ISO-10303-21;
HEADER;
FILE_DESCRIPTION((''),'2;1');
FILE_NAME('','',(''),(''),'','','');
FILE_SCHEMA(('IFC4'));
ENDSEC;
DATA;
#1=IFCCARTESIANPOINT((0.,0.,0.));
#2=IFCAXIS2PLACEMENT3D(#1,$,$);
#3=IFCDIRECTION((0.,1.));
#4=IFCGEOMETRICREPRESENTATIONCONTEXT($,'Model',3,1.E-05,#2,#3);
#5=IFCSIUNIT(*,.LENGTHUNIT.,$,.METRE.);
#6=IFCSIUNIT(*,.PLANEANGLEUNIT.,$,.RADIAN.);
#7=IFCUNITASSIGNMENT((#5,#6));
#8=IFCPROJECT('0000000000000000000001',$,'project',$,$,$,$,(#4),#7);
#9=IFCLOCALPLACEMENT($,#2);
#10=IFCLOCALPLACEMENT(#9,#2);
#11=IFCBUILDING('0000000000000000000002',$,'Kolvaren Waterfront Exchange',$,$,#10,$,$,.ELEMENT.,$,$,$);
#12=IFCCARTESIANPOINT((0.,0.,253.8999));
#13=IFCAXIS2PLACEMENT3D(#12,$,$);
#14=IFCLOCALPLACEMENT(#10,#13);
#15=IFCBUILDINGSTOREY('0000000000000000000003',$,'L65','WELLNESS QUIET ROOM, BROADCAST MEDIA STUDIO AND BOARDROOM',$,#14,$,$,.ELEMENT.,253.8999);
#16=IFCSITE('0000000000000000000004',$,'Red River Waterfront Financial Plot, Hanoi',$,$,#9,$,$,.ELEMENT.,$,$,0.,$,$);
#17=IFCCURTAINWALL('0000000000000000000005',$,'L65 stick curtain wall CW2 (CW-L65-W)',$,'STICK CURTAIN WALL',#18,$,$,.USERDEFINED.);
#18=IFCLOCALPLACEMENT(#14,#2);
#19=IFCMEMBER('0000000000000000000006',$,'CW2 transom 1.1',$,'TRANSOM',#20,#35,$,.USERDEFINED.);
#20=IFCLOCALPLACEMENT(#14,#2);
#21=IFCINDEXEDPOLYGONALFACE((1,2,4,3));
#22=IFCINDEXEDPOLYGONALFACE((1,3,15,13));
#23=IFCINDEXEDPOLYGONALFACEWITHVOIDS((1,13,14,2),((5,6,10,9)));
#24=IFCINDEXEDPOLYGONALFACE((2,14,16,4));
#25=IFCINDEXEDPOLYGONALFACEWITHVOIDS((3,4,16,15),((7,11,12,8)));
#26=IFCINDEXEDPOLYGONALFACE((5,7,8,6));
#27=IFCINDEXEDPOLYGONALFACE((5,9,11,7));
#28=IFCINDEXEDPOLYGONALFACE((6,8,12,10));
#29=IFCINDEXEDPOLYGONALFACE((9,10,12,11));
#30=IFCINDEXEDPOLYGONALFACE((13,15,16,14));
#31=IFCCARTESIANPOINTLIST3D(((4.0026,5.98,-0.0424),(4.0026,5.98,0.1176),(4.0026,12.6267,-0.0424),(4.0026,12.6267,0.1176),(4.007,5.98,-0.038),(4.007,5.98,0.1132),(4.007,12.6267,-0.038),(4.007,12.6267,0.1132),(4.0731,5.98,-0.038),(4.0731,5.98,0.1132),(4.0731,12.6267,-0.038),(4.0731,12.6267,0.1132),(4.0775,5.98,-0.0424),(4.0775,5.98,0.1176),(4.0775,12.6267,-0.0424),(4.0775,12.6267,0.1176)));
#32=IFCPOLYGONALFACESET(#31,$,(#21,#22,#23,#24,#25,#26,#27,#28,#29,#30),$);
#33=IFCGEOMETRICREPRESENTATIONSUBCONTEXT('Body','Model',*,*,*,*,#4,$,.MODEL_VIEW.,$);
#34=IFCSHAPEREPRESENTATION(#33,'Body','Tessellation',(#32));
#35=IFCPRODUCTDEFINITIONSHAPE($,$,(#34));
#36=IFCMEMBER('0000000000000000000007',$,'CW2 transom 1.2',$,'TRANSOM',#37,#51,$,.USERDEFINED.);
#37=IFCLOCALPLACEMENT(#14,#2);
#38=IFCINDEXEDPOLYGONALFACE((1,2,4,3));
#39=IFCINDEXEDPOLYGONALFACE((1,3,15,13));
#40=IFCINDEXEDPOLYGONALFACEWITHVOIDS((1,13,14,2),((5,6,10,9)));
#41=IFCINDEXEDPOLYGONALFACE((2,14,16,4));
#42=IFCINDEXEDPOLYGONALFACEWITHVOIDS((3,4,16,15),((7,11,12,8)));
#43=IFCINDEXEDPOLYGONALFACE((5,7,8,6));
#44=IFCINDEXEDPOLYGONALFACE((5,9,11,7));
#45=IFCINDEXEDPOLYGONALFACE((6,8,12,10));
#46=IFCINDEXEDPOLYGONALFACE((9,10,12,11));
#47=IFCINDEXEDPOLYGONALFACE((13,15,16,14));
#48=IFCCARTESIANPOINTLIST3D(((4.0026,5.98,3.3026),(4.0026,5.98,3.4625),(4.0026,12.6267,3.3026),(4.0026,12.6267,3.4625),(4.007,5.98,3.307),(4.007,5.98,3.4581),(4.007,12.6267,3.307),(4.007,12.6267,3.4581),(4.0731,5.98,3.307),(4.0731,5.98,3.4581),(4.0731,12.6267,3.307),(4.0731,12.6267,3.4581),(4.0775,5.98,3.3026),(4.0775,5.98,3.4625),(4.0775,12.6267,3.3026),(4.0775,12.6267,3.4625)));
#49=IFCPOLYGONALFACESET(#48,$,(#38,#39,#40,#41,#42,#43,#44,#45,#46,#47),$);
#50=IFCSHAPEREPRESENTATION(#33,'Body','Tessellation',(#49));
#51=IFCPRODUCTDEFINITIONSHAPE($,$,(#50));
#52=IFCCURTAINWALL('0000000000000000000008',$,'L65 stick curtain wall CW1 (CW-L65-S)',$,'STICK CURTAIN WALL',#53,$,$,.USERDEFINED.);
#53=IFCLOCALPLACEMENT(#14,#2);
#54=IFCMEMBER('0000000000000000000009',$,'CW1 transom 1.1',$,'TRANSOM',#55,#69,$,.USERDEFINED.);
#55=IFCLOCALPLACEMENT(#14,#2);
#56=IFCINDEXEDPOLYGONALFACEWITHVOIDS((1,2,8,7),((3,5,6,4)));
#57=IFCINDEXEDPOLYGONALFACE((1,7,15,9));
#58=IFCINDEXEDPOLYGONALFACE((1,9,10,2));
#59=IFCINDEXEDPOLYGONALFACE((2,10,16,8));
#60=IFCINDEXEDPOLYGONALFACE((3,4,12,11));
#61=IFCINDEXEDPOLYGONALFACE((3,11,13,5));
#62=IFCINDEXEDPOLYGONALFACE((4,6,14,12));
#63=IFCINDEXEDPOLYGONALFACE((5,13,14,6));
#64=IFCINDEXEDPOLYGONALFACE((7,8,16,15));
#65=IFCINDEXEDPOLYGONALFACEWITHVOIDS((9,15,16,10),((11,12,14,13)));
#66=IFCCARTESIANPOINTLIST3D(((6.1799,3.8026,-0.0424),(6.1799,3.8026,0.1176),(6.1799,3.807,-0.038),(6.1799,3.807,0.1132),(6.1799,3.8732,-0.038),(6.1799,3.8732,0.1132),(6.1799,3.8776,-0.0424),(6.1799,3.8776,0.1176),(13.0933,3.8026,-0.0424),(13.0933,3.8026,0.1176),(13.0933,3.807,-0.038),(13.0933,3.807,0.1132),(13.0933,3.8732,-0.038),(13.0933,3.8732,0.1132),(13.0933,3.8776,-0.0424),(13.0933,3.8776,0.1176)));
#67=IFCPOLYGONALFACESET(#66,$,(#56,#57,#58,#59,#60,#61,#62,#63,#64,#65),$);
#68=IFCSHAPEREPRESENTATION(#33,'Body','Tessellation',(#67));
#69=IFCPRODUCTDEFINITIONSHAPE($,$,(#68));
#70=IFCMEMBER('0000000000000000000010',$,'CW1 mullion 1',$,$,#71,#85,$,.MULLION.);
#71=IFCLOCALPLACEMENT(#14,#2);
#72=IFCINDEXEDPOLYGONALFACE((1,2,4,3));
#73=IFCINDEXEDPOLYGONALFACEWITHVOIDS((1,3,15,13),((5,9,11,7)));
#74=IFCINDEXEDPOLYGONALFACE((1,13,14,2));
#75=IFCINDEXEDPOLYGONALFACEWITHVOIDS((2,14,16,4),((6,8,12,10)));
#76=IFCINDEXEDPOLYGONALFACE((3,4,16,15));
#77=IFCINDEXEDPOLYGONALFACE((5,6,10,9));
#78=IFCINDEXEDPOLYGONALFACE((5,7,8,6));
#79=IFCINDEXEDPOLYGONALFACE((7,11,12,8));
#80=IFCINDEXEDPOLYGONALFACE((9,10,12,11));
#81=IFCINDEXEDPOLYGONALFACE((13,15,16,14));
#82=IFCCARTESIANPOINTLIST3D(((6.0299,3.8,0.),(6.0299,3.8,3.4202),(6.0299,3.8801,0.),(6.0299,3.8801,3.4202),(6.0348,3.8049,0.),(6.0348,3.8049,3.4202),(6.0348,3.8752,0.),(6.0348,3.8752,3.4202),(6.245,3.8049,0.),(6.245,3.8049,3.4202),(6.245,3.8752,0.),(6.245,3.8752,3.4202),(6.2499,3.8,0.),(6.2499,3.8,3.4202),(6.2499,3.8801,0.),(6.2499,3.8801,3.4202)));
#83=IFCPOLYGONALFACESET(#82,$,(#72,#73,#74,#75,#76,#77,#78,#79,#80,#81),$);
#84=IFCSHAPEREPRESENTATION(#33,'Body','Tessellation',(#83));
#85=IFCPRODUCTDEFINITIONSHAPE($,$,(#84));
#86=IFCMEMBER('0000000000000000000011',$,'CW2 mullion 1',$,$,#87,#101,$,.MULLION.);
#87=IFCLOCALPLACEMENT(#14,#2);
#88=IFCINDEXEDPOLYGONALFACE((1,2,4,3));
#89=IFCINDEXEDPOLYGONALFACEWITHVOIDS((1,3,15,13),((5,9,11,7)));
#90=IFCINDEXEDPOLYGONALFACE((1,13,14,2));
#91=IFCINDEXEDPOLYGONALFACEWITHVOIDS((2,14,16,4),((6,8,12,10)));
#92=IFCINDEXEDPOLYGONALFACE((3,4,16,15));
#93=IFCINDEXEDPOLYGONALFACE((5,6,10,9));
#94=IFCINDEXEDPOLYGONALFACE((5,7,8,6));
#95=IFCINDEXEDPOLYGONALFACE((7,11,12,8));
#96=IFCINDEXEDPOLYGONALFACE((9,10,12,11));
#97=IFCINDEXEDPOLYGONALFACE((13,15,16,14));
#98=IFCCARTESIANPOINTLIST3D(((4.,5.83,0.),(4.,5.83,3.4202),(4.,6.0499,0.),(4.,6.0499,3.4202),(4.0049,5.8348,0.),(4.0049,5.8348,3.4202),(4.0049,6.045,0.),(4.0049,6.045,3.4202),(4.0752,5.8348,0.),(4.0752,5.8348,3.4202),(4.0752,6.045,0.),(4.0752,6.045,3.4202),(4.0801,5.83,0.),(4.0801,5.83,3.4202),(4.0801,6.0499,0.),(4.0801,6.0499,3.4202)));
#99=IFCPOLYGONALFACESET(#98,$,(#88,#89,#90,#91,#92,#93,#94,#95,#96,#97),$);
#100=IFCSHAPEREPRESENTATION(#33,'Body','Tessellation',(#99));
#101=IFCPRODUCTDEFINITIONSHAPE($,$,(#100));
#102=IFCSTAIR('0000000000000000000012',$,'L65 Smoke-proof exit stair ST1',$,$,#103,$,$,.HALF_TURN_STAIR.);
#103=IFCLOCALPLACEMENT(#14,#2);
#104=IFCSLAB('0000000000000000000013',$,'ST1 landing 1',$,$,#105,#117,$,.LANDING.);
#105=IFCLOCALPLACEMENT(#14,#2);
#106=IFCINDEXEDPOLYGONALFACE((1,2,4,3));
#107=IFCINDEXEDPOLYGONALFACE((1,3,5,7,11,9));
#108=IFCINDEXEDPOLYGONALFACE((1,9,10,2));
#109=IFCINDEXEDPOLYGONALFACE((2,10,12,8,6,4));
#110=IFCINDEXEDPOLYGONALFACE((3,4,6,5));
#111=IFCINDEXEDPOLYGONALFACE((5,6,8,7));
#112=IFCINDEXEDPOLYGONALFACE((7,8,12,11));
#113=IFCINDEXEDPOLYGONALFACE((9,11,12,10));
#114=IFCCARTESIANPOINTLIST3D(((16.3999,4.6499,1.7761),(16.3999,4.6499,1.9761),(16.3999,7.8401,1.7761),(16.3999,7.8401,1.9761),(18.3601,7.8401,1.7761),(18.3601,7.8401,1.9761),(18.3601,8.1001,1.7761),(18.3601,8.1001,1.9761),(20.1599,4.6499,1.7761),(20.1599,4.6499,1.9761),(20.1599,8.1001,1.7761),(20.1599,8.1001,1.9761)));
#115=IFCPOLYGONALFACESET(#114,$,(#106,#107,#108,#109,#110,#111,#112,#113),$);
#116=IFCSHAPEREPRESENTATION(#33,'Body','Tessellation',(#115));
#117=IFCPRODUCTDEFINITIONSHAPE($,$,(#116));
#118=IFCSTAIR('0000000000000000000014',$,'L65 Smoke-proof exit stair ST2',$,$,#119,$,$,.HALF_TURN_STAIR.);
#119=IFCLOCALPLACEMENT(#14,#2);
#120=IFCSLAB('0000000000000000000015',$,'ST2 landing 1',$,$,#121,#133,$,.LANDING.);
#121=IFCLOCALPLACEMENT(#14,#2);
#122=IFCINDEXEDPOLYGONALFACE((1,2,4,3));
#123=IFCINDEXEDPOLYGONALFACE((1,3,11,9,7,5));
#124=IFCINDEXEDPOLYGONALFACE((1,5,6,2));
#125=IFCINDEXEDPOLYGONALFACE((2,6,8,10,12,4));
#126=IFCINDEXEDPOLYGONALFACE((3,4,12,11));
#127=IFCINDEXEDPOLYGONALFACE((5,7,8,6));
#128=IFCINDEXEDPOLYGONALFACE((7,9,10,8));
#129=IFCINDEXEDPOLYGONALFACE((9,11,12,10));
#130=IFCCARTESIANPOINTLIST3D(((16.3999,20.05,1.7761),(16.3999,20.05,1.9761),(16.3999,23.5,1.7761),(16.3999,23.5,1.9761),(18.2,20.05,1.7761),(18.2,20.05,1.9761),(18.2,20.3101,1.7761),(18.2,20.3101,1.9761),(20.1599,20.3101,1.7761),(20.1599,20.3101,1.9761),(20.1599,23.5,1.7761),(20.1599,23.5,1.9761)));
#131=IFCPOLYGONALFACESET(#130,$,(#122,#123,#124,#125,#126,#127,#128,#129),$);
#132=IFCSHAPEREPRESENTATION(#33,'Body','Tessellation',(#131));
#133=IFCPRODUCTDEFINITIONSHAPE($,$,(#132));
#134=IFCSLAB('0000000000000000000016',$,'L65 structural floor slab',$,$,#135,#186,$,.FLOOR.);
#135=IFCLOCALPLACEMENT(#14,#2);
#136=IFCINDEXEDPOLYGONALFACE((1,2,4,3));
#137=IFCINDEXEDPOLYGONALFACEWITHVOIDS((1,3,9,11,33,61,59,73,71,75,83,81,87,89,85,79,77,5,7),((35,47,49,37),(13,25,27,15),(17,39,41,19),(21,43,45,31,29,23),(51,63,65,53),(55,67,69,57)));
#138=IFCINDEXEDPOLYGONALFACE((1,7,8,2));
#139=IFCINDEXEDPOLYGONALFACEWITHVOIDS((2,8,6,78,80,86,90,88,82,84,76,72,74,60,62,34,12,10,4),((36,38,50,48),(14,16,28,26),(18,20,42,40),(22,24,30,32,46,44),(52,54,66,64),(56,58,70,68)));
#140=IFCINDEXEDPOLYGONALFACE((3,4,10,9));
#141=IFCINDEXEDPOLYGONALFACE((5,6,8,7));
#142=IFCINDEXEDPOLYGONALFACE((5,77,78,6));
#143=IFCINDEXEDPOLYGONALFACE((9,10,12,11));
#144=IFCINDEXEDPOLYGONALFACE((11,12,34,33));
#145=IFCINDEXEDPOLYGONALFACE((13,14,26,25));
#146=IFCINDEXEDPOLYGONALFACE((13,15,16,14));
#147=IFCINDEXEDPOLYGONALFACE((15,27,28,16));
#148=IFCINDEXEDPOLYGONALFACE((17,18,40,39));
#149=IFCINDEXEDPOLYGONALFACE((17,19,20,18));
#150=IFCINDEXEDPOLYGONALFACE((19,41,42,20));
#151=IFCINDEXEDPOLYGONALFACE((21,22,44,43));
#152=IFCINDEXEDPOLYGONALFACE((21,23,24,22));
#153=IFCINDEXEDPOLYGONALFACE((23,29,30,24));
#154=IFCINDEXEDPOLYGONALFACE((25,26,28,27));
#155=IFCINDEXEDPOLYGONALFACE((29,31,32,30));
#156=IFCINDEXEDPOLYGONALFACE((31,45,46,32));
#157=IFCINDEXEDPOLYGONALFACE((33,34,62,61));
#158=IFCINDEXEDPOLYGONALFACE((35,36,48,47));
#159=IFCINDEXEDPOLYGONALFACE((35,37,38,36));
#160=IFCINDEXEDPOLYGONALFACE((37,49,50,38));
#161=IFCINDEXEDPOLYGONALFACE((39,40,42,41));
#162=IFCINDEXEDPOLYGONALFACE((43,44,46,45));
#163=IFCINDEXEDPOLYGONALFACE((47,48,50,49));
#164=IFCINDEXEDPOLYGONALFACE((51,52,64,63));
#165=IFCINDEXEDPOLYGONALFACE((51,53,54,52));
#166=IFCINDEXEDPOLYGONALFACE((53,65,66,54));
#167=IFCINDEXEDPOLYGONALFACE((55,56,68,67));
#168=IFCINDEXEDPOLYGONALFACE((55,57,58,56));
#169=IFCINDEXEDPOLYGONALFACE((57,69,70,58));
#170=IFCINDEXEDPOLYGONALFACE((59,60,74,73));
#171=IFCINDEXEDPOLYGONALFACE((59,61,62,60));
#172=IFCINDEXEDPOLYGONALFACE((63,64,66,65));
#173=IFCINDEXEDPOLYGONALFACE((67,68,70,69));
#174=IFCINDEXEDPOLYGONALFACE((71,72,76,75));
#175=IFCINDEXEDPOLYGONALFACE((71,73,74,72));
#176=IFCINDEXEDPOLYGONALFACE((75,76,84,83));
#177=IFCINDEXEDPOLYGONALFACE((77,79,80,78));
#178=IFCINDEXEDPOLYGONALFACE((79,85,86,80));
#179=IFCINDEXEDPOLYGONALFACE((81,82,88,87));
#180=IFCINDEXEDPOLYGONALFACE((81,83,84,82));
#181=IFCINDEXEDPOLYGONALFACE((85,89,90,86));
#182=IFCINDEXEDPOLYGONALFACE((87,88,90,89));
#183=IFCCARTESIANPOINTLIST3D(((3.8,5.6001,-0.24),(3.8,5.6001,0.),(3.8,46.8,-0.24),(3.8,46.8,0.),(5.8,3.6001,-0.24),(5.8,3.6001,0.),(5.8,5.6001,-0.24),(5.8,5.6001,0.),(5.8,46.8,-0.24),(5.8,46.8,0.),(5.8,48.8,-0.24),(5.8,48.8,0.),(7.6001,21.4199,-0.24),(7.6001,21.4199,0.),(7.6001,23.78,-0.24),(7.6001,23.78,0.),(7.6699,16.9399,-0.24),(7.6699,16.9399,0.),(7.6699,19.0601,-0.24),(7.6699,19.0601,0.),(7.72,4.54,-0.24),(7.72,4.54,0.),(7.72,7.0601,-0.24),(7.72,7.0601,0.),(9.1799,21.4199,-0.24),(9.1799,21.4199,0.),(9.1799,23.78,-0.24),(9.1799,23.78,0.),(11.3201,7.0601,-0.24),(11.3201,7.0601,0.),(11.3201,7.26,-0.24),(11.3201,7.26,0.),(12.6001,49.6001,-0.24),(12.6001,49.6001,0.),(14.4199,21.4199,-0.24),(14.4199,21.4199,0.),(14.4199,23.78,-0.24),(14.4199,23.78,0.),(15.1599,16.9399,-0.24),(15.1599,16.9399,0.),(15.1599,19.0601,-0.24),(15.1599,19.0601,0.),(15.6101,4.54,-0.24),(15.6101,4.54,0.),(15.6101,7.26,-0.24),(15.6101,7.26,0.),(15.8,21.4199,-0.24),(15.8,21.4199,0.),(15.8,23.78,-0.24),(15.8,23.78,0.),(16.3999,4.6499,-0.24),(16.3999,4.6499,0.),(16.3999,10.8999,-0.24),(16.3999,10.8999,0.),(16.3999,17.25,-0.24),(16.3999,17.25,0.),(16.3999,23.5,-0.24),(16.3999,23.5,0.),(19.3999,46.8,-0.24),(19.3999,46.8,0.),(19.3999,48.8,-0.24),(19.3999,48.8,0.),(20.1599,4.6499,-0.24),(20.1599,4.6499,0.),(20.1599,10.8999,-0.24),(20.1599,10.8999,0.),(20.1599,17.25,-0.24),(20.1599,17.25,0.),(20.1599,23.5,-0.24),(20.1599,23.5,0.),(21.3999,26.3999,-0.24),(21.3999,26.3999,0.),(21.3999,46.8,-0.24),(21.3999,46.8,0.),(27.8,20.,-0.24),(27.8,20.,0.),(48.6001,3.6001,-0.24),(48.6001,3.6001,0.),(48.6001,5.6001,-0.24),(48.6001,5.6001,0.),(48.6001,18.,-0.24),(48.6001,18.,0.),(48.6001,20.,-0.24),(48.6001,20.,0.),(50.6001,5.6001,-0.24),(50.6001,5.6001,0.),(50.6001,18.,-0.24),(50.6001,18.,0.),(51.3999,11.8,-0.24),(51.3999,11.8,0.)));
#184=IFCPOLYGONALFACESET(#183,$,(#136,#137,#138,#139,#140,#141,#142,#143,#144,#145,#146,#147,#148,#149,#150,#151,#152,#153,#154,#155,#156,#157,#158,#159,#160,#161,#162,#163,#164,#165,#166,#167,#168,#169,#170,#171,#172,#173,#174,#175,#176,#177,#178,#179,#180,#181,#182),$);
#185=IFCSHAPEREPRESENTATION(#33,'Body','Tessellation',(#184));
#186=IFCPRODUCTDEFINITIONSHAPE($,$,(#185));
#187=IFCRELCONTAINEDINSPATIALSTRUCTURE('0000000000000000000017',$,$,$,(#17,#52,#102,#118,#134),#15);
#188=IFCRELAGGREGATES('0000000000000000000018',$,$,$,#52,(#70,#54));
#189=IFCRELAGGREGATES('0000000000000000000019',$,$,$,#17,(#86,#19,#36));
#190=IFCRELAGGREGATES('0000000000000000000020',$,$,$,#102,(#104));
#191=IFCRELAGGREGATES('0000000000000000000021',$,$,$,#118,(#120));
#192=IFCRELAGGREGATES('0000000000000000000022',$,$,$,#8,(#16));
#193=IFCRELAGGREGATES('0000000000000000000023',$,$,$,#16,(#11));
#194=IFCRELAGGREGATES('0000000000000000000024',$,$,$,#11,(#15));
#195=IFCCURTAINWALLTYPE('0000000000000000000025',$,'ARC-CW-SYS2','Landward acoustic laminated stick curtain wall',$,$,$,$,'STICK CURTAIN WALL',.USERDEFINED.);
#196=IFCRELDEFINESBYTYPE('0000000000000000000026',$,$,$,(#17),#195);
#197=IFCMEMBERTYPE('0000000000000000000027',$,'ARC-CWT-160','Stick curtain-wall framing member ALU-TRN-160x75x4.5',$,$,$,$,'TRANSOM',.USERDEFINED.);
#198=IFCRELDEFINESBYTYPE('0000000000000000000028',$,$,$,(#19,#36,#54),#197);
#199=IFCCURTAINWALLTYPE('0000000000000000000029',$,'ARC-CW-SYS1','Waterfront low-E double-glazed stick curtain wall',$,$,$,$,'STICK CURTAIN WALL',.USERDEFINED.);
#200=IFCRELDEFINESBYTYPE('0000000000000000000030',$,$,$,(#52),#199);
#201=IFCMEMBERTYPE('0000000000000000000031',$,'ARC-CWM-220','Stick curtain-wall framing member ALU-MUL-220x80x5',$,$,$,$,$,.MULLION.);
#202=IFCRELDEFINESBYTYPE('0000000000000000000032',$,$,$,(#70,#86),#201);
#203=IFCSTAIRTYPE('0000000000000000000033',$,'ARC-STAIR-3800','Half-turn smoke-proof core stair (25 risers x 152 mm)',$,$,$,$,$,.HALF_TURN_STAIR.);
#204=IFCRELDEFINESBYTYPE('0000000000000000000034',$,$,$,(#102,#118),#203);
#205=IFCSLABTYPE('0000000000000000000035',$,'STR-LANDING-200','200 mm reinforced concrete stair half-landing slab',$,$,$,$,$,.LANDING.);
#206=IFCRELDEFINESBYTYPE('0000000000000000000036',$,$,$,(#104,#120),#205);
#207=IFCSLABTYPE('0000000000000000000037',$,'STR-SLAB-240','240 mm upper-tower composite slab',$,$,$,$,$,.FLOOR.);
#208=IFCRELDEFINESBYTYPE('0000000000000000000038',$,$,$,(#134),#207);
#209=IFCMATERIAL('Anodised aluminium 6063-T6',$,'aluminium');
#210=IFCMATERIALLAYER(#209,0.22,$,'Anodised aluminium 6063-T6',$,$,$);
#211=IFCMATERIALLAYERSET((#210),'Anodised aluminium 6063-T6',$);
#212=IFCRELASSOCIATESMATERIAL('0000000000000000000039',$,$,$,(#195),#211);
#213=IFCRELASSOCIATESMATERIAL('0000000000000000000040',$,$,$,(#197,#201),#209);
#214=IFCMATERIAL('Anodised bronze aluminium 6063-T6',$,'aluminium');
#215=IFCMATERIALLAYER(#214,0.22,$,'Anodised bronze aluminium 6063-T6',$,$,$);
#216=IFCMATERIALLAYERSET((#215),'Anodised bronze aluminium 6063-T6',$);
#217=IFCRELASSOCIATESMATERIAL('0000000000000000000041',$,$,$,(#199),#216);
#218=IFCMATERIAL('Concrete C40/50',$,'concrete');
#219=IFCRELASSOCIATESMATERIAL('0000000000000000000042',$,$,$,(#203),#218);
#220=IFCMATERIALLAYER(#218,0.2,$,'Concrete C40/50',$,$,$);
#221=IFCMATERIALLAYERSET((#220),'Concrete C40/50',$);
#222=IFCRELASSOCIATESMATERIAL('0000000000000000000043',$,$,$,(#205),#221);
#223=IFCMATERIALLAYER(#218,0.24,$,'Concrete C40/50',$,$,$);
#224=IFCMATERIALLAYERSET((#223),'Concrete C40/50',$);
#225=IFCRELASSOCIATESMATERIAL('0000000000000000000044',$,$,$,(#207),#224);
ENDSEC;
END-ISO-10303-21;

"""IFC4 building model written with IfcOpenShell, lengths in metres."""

from ifc_helpers import new_model, si_unit, direction, frame, origin, origin_with_axes, origin_2d, place, context, subcontext, project, spatial, polyline, hollow_rectangle, outline, extrude, source, transform, mapped, material, layer, layer_set, material_profile, profile_set, type_object, element, aggregate, save


model = new_model("IFC4")

# Units and contexts
model_context = context("Model", 3, precision=1e-05, world=origin(), true_north=direction((0.0, 1.0)))
body_context = subcontext(model_context, "Body", "Model", "MODEL_VIEW")
ifc_project = project(units=[si_unit("LENGTHUNIT", "METRE"), si_unit("PLANEANGLEUNIT", "RADIAN")], contexts=[model_context])

# Site, building, storey
site_placement = place(None, origin())
site = spatial("IfcSite", under=ifc_project, at=site_placement, Name="Red River Waterfront Financial Plot, Hanoi", CompositionType="ELEMENT", RefElevation=0.0)
building_placement = place(site_placement, origin())
building = spatial("IfcBuilding", under=site, at=building_placement, Name="Kolvaren Waterfront Exchange", CompositionType="ELEMENT")
storey_placement = place(building_placement, frame((0.0, 0.0, 253.8999)))
storey = spatial("IfcBuildingStorey", under=building, at=storey_placement, Name="L65", Description="WELLNESS QUIET ROOM, BROADCAST MEDIA STUDIO AND BOARDROOM", CompositionType="ELEMENT", Elevation=253.8999)

# Curtain walls, members
ifc_material_1 = material(Name="Anodised aluminium 6063-T6", Category="aluminium")
ifc_layer_1 = layer(ifc_material_1, 0.22, Name="Anodised aluminium 6063-T6")
ifc_layer_set_1 = layer_set([ifc_layer_1], Name="Anodised aluminium 6063-T6")
curtain_wall_type_1 = type_object("IfcCurtainWallType", Name="ARC-CW-SYS2", Description="Landward acoustic laminated stick curtain wall", ElementType="STICK CURTAIN WALL", PredefinedType="USERDEFINED", material=ifc_layer_set_1)
curtain_wall_1_placement = place(storey_placement, origin())
curtain_wall_1 = element("IfcCurtainWall", 1, at=curtain_wall_1_placement, inside=storey, type_object=curtain_wall_type_1, Name="L65 stick curtain wall CW2 (CW-L65-W)", ObjectType="STICK CURTAIN WALL", PredefinedType="USERDEFINED")
ifc_material_profile_1 = material_profile(ifc_material_1, hollow_rectangle(XDim=0.075, YDim=0.1599, WallThickness=0.0044, at=origin_2d()), Name="ALU-TRN-160x75x4.5")
ifc_profile_set_1 = profile_set([ifc_material_profile_1], Name="Anodised aluminium 6063-T6")
member_type_1 = type_object("IfcMemberType", Name="ARC-CWT-160", Description="Stick curtain-wall framing member ALU-TRN-160x75x4.5", ElementType="TRANSOM", PredefinedType="USERDEFINED", material=ifc_profile_set_1)
shared_shape_1 = source(origin_with_axes(), body_context, "Body", "SweptSolid", [
    extrude(hollow_rectangle(XDim=0.075, YDim=0.1599, WallThickness=0.0044, at=origin_2d()), origin(), (0.0, 0.0, 1.0), 6.6467),
])
member_1_placement = place(storey_placement, frame((4.04, 5.98, 0.0376), z_axis=(0.0, 1.0, 0.0), x_axis=(-1.0, 0.0, 0.0)))
member_1 = element("IfcMember", 2, at=member_1_placement, type_object=member_type_1, Name="CW2 transom 1.1", ObjectType="TRANSOM", PredefinedType="USERDEFINED", context=body_context, shape_type="MappedRepresentation", body=[
    mapped(shared_shape_1, transform((0.0, 0.0, 0.0), x_axis=(1.0, 0.0, 0.0), y_axis=(0.0, 1.0, 0.0), z_axis=(0.0, 0.0, 1.0), scale=1.0)),
])
member_2_placement = place(storey_placement, frame((4.04, 5.98, 3.3826), z_axis=(0.0, 1.0, 0.0), x_axis=(-1.0, 0.0, 0.0)))
member_2 = element("IfcMember", 3, at=member_2_placement, type_object=member_type_1, Name="CW2 transom 1.2", ObjectType="TRANSOM", PredefinedType="USERDEFINED", context=body_context, shape_type="MappedRepresentation", body=[
    mapped(shared_shape_1, transform((0.0, 0.0, 0.0), x_axis=(1.0, 0.0, 0.0), y_axis=(0.0, 1.0, 0.0), z_axis=(0.0, 0.0, 1.0), scale=1.0)),
])
ifc_material_2 = material(Name="Anodised bronze aluminium 6063-T6", Category="aluminium")
ifc_layer_2 = layer(ifc_material_2, 0.22, Name="Anodised bronze aluminium 6063-T6")
ifc_layer_set_2 = layer_set([ifc_layer_2], Name="Anodised bronze aluminium 6063-T6")
curtain_wall_type_2 = type_object("IfcCurtainWallType", Name="ARC-CW-SYS1", Description="Waterfront low-E double-glazed stick curtain wall", ElementType="STICK CURTAIN WALL", PredefinedType="USERDEFINED", material=ifc_layer_set_2)
curtain_wall_2_placement = place(storey_placement, origin())
curtain_wall_2 = element("IfcCurtainWall", 4, at=curtain_wall_2_placement, inside=storey, type_object=curtain_wall_type_2, Name="L65 stick curtain wall CW1 (CW-L65-S)", ObjectType="STICK CURTAIN WALL", PredefinedType="USERDEFINED")
shared_shape_2 = source(origin_with_axes(), body_context, "Body", "SweptSolid", [
    extrude(hollow_rectangle(XDim=0.075, YDim=0.1599, WallThickness=0.0044, at=origin_2d()), origin(), (0.0, 0.0, 1.0), 6.9133),
])
member_3_placement = place(storey_placement, frame((6.1799, 3.8401, 0.0376), z_axis=(1.0, 0.0, 0.0), x_axis=(0.0, 1.0, 0.0)))
member_3 = element("IfcMember", 5, at=member_3_placement, type_object=member_type_1, Name="CW1 transom 1.1", ObjectType="TRANSOM", PredefinedType="USERDEFINED", context=body_context, shape_type="MappedRepresentation", body=[
    mapped(shared_shape_2, transform((0.0, 0.0, 0.0), x_axis=(1.0, 0.0, 0.0), y_axis=(0.0, 1.0, 0.0), z_axis=(0.0, 0.0, 1.0), scale=1.0)),
])
ifc_material_profile_2 = material_profile(ifc_material_1, hollow_rectangle(XDim=0.0801, YDim=0.22, WallThickness=0.0049, at=origin_2d()), Name="ALU-MUL-220x80x5")
ifc_profile_set_2 = profile_set([ifc_material_profile_2], Name="Anodised aluminium 6063-T6")
member_type_2 = type_object("IfcMemberType", Name="ARC-CWM-220", Description="Stick curtain-wall framing member ALU-MUL-220x80x5", PredefinedType="MULLION", material=ifc_profile_set_2)
shared_shape_3 = source(origin_with_axes(), body_context, "Body", "SweptSolid", [
    extrude(hollow_rectangle(XDim=0.0801, YDim=0.22, WallThickness=0.0049, at=origin_2d()), origin(), (0.0, 0.0, 1.0), 3.4202),
])
member_4_placement = place(storey_placement, frame((6.1399, 3.8401, 0.0), z_axis=(0.0, 0.0, 1.0), x_axis=(0.0, 1.0, 0.0)))
member_4 = element("IfcMember", 6, at=member_4_placement, type_object=member_type_2, Name="CW1 mullion 1", PredefinedType="MULLION", context=body_context, shape_type="MappedRepresentation", body=[
    mapped(shared_shape_3, transform((0.0, 0.0, 0.0), x_axis=(1.0, 0.0, 0.0), y_axis=(0.0, 1.0, 0.0), z_axis=(0.0, 0.0, 1.0), scale=1.0)),
])
aggregate(curtain_wall_2, [member_4, member_3])

# Member
member_5_placement = place(storey_placement, frame((4.04, 5.9399, 0.0), z_axis=(0.0, 0.0, 1.0), x_axis=(-1.0, 0.0, 0.0)))
member_5 = element("IfcMember", 7, at=member_5_placement, type_object=member_type_2, Name="CW2 mullion 1", PredefinedType="MULLION", context=body_context, shape_type="MappedRepresentation", body=[
    mapped(shared_shape_3, transform((0.0, 0.0, 0.0), x_axis=(1.0, 0.0, 0.0), y_axis=(0.0, 1.0, 0.0), z_axis=(0.0, 0.0, 1.0), scale=1.0)),
])
aggregate(curtain_wall_1, [member_5, member_1, member_2])

# Stairs, slabs
ifc_material_3 = material(Name="Concrete C40/50", Category="concrete")
stair_type = type_object("IfcStairType", Name="ARC-STAIR-3800", Description="Half-turn smoke-proof core stair (25 risers x 152 mm)", PredefinedType="HALF_TURN_STAIR", material=ifc_material_3)
stair_1_placement = place(storey_placement, origin())
stair_1 = element("IfcStair", 8, at=stair_1_placement, inside=storey, type_object=stair_type, Name="L65 Smoke-proof exit stair ST1", PredefinedType="HALF_TURN_STAIR")
ifc_layer_3 = layer(ifc_material_3, 0.2, Name="Concrete C40/50")
ifc_layer_set_3 = layer_set([ifc_layer_3], Name="Concrete C40/50")
slab_type_1 = type_object("IfcSlabType", Name="STR-LANDING-200", Description="200 mm reinforced concrete stair half-landing slab", PredefinedType="LANDING", material=ifc_layer_set_3)
slab_1_placement = place(storey_placement, frame((0.0, 0.0, 1.7761)))
slab_1 = element("IfcSlab", 9, at=slab_1_placement, type_object=slab_type_1, Name="ST1 landing 1", PredefinedType="LANDING", context=body_context, shape_type="SweptSolid", body=[
    extrude(outline(polyline([(16.3999, 7.8401), (16.3999, 4.6499), (20.1599, 4.6499), (20.1599, 8.1001), (18.3601, 8.1001), (18.3601, 7.8401), (16.3999, 7.8401)])), origin(), (0.0, 0.0, 1.0), 0.2),
])
aggregate(stair_1, [slab_1])
stair_2_placement = place(storey_placement, origin())
stair_2 = element("IfcStair", 10, at=stair_2_placement, inside=storey, type_object=stair_type, Name="L65 Smoke-proof exit stair ST2", PredefinedType="HALF_TURN_STAIR")
slab_2_placement = place(storey_placement, frame((0.0, 0.0, 1.7761)))
slab_2 = element("IfcSlab", 11, at=slab_2_placement, type_object=slab_type_1, Name="ST2 landing 1", PredefinedType="LANDING", context=body_context, shape_type="SweptSolid", body=[
    extrude(outline(polyline([(20.1599, 20.3101), (20.1599, 23.5), (16.3999, 23.5), (16.3999, 20.05), (18.2, 20.05), (18.2, 20.3101), (20.1599, 20.3101)])), origin(), (0.0, 0.0, 1.0), 0.2),
])
aggregate(stair_2, [slab_2])

# Slab
ifc_layer_4 = layer(ifc_material_3, 0.24, Name="Concrete C40/50")
ifc_layer_set_4 = layer_set([ifc_layer_4], Name="Concrete C40/50")
slab_type_2 = type_object("IfcSlabType", Name="STR-SLAB-240", Description="240 mm upper-tower composite slab", PredefinedType="FLOOR", material=ifc_layer_set_4)
slab_3_placement = place(storey_placement, frame((0.0, 0.0, -0.24)))
element("IfcSlab", 12, at=slab_3_placement, inside=storey, type_object=slab_type_2, Name="L65 structural floor slab", PredefinedType="FLOOR", context=body_context, shape_type="SweptSolid", body=[
    extrude(outline(polyline([(5.8, 3.6001), (48.6001, 3.6001), (48.6001, 5.6001), (50.6001, 5.6001), (51.3999, 11.8), (50.6001, 18.0), (48.6001, 18.0), (48.6001, 20.0), (27.8, 20.0), (21.3999, 26.3999), (21.3999, 46.8), (19.3999, 46.8), (19.3999, 48.8), (12.6001, 49.6001), (5.8, 48.8), (5.8, 46.8), (3.8, 46.8), (3.8, 5.6001), (5.8, 5.6001), (5.8, 3.6001)]), holes=[polyline([(11.3201, 7.26), (15.6101, 7.26), (15.6101, 4.54), (7.72, 4.54), (7.72, 7.0601), (11.3201, 7.0601), (11.3201, 7.26)]), polyline([(20.1599, 10.8999), (20.1599, 4.6499), (16.3999, 4.6499), (16.3999, 10.8999), (20.1599, 10.8999)]), polyline([(7.6699, 19.0601), (15.1599, 19.0601), (15.1599, 16.9399), (7.6699, 16.9399), (7.6699, 19.0601)]), polyline([(16.3999, 17.25), (16.3999, 23.5), (20.1599, 23.5), (20.1599, 17.25), (16.3999, 17.25)]), polyline([(7.6001, 23.78), (9.1799, 23.78), (9.1799, 21.4199), (7.6001, 21.4199), (7.6001, 23.78)]), polyline([(14.4199, 23.78), (15.8, 23.78), (15.8, 21.4199), (14.4199, 21.4199), (14.4199, 23.78)])]), origin(), (0.0, 0.0, 1.0), 0.24),
])

save(model, "model.ifc")
